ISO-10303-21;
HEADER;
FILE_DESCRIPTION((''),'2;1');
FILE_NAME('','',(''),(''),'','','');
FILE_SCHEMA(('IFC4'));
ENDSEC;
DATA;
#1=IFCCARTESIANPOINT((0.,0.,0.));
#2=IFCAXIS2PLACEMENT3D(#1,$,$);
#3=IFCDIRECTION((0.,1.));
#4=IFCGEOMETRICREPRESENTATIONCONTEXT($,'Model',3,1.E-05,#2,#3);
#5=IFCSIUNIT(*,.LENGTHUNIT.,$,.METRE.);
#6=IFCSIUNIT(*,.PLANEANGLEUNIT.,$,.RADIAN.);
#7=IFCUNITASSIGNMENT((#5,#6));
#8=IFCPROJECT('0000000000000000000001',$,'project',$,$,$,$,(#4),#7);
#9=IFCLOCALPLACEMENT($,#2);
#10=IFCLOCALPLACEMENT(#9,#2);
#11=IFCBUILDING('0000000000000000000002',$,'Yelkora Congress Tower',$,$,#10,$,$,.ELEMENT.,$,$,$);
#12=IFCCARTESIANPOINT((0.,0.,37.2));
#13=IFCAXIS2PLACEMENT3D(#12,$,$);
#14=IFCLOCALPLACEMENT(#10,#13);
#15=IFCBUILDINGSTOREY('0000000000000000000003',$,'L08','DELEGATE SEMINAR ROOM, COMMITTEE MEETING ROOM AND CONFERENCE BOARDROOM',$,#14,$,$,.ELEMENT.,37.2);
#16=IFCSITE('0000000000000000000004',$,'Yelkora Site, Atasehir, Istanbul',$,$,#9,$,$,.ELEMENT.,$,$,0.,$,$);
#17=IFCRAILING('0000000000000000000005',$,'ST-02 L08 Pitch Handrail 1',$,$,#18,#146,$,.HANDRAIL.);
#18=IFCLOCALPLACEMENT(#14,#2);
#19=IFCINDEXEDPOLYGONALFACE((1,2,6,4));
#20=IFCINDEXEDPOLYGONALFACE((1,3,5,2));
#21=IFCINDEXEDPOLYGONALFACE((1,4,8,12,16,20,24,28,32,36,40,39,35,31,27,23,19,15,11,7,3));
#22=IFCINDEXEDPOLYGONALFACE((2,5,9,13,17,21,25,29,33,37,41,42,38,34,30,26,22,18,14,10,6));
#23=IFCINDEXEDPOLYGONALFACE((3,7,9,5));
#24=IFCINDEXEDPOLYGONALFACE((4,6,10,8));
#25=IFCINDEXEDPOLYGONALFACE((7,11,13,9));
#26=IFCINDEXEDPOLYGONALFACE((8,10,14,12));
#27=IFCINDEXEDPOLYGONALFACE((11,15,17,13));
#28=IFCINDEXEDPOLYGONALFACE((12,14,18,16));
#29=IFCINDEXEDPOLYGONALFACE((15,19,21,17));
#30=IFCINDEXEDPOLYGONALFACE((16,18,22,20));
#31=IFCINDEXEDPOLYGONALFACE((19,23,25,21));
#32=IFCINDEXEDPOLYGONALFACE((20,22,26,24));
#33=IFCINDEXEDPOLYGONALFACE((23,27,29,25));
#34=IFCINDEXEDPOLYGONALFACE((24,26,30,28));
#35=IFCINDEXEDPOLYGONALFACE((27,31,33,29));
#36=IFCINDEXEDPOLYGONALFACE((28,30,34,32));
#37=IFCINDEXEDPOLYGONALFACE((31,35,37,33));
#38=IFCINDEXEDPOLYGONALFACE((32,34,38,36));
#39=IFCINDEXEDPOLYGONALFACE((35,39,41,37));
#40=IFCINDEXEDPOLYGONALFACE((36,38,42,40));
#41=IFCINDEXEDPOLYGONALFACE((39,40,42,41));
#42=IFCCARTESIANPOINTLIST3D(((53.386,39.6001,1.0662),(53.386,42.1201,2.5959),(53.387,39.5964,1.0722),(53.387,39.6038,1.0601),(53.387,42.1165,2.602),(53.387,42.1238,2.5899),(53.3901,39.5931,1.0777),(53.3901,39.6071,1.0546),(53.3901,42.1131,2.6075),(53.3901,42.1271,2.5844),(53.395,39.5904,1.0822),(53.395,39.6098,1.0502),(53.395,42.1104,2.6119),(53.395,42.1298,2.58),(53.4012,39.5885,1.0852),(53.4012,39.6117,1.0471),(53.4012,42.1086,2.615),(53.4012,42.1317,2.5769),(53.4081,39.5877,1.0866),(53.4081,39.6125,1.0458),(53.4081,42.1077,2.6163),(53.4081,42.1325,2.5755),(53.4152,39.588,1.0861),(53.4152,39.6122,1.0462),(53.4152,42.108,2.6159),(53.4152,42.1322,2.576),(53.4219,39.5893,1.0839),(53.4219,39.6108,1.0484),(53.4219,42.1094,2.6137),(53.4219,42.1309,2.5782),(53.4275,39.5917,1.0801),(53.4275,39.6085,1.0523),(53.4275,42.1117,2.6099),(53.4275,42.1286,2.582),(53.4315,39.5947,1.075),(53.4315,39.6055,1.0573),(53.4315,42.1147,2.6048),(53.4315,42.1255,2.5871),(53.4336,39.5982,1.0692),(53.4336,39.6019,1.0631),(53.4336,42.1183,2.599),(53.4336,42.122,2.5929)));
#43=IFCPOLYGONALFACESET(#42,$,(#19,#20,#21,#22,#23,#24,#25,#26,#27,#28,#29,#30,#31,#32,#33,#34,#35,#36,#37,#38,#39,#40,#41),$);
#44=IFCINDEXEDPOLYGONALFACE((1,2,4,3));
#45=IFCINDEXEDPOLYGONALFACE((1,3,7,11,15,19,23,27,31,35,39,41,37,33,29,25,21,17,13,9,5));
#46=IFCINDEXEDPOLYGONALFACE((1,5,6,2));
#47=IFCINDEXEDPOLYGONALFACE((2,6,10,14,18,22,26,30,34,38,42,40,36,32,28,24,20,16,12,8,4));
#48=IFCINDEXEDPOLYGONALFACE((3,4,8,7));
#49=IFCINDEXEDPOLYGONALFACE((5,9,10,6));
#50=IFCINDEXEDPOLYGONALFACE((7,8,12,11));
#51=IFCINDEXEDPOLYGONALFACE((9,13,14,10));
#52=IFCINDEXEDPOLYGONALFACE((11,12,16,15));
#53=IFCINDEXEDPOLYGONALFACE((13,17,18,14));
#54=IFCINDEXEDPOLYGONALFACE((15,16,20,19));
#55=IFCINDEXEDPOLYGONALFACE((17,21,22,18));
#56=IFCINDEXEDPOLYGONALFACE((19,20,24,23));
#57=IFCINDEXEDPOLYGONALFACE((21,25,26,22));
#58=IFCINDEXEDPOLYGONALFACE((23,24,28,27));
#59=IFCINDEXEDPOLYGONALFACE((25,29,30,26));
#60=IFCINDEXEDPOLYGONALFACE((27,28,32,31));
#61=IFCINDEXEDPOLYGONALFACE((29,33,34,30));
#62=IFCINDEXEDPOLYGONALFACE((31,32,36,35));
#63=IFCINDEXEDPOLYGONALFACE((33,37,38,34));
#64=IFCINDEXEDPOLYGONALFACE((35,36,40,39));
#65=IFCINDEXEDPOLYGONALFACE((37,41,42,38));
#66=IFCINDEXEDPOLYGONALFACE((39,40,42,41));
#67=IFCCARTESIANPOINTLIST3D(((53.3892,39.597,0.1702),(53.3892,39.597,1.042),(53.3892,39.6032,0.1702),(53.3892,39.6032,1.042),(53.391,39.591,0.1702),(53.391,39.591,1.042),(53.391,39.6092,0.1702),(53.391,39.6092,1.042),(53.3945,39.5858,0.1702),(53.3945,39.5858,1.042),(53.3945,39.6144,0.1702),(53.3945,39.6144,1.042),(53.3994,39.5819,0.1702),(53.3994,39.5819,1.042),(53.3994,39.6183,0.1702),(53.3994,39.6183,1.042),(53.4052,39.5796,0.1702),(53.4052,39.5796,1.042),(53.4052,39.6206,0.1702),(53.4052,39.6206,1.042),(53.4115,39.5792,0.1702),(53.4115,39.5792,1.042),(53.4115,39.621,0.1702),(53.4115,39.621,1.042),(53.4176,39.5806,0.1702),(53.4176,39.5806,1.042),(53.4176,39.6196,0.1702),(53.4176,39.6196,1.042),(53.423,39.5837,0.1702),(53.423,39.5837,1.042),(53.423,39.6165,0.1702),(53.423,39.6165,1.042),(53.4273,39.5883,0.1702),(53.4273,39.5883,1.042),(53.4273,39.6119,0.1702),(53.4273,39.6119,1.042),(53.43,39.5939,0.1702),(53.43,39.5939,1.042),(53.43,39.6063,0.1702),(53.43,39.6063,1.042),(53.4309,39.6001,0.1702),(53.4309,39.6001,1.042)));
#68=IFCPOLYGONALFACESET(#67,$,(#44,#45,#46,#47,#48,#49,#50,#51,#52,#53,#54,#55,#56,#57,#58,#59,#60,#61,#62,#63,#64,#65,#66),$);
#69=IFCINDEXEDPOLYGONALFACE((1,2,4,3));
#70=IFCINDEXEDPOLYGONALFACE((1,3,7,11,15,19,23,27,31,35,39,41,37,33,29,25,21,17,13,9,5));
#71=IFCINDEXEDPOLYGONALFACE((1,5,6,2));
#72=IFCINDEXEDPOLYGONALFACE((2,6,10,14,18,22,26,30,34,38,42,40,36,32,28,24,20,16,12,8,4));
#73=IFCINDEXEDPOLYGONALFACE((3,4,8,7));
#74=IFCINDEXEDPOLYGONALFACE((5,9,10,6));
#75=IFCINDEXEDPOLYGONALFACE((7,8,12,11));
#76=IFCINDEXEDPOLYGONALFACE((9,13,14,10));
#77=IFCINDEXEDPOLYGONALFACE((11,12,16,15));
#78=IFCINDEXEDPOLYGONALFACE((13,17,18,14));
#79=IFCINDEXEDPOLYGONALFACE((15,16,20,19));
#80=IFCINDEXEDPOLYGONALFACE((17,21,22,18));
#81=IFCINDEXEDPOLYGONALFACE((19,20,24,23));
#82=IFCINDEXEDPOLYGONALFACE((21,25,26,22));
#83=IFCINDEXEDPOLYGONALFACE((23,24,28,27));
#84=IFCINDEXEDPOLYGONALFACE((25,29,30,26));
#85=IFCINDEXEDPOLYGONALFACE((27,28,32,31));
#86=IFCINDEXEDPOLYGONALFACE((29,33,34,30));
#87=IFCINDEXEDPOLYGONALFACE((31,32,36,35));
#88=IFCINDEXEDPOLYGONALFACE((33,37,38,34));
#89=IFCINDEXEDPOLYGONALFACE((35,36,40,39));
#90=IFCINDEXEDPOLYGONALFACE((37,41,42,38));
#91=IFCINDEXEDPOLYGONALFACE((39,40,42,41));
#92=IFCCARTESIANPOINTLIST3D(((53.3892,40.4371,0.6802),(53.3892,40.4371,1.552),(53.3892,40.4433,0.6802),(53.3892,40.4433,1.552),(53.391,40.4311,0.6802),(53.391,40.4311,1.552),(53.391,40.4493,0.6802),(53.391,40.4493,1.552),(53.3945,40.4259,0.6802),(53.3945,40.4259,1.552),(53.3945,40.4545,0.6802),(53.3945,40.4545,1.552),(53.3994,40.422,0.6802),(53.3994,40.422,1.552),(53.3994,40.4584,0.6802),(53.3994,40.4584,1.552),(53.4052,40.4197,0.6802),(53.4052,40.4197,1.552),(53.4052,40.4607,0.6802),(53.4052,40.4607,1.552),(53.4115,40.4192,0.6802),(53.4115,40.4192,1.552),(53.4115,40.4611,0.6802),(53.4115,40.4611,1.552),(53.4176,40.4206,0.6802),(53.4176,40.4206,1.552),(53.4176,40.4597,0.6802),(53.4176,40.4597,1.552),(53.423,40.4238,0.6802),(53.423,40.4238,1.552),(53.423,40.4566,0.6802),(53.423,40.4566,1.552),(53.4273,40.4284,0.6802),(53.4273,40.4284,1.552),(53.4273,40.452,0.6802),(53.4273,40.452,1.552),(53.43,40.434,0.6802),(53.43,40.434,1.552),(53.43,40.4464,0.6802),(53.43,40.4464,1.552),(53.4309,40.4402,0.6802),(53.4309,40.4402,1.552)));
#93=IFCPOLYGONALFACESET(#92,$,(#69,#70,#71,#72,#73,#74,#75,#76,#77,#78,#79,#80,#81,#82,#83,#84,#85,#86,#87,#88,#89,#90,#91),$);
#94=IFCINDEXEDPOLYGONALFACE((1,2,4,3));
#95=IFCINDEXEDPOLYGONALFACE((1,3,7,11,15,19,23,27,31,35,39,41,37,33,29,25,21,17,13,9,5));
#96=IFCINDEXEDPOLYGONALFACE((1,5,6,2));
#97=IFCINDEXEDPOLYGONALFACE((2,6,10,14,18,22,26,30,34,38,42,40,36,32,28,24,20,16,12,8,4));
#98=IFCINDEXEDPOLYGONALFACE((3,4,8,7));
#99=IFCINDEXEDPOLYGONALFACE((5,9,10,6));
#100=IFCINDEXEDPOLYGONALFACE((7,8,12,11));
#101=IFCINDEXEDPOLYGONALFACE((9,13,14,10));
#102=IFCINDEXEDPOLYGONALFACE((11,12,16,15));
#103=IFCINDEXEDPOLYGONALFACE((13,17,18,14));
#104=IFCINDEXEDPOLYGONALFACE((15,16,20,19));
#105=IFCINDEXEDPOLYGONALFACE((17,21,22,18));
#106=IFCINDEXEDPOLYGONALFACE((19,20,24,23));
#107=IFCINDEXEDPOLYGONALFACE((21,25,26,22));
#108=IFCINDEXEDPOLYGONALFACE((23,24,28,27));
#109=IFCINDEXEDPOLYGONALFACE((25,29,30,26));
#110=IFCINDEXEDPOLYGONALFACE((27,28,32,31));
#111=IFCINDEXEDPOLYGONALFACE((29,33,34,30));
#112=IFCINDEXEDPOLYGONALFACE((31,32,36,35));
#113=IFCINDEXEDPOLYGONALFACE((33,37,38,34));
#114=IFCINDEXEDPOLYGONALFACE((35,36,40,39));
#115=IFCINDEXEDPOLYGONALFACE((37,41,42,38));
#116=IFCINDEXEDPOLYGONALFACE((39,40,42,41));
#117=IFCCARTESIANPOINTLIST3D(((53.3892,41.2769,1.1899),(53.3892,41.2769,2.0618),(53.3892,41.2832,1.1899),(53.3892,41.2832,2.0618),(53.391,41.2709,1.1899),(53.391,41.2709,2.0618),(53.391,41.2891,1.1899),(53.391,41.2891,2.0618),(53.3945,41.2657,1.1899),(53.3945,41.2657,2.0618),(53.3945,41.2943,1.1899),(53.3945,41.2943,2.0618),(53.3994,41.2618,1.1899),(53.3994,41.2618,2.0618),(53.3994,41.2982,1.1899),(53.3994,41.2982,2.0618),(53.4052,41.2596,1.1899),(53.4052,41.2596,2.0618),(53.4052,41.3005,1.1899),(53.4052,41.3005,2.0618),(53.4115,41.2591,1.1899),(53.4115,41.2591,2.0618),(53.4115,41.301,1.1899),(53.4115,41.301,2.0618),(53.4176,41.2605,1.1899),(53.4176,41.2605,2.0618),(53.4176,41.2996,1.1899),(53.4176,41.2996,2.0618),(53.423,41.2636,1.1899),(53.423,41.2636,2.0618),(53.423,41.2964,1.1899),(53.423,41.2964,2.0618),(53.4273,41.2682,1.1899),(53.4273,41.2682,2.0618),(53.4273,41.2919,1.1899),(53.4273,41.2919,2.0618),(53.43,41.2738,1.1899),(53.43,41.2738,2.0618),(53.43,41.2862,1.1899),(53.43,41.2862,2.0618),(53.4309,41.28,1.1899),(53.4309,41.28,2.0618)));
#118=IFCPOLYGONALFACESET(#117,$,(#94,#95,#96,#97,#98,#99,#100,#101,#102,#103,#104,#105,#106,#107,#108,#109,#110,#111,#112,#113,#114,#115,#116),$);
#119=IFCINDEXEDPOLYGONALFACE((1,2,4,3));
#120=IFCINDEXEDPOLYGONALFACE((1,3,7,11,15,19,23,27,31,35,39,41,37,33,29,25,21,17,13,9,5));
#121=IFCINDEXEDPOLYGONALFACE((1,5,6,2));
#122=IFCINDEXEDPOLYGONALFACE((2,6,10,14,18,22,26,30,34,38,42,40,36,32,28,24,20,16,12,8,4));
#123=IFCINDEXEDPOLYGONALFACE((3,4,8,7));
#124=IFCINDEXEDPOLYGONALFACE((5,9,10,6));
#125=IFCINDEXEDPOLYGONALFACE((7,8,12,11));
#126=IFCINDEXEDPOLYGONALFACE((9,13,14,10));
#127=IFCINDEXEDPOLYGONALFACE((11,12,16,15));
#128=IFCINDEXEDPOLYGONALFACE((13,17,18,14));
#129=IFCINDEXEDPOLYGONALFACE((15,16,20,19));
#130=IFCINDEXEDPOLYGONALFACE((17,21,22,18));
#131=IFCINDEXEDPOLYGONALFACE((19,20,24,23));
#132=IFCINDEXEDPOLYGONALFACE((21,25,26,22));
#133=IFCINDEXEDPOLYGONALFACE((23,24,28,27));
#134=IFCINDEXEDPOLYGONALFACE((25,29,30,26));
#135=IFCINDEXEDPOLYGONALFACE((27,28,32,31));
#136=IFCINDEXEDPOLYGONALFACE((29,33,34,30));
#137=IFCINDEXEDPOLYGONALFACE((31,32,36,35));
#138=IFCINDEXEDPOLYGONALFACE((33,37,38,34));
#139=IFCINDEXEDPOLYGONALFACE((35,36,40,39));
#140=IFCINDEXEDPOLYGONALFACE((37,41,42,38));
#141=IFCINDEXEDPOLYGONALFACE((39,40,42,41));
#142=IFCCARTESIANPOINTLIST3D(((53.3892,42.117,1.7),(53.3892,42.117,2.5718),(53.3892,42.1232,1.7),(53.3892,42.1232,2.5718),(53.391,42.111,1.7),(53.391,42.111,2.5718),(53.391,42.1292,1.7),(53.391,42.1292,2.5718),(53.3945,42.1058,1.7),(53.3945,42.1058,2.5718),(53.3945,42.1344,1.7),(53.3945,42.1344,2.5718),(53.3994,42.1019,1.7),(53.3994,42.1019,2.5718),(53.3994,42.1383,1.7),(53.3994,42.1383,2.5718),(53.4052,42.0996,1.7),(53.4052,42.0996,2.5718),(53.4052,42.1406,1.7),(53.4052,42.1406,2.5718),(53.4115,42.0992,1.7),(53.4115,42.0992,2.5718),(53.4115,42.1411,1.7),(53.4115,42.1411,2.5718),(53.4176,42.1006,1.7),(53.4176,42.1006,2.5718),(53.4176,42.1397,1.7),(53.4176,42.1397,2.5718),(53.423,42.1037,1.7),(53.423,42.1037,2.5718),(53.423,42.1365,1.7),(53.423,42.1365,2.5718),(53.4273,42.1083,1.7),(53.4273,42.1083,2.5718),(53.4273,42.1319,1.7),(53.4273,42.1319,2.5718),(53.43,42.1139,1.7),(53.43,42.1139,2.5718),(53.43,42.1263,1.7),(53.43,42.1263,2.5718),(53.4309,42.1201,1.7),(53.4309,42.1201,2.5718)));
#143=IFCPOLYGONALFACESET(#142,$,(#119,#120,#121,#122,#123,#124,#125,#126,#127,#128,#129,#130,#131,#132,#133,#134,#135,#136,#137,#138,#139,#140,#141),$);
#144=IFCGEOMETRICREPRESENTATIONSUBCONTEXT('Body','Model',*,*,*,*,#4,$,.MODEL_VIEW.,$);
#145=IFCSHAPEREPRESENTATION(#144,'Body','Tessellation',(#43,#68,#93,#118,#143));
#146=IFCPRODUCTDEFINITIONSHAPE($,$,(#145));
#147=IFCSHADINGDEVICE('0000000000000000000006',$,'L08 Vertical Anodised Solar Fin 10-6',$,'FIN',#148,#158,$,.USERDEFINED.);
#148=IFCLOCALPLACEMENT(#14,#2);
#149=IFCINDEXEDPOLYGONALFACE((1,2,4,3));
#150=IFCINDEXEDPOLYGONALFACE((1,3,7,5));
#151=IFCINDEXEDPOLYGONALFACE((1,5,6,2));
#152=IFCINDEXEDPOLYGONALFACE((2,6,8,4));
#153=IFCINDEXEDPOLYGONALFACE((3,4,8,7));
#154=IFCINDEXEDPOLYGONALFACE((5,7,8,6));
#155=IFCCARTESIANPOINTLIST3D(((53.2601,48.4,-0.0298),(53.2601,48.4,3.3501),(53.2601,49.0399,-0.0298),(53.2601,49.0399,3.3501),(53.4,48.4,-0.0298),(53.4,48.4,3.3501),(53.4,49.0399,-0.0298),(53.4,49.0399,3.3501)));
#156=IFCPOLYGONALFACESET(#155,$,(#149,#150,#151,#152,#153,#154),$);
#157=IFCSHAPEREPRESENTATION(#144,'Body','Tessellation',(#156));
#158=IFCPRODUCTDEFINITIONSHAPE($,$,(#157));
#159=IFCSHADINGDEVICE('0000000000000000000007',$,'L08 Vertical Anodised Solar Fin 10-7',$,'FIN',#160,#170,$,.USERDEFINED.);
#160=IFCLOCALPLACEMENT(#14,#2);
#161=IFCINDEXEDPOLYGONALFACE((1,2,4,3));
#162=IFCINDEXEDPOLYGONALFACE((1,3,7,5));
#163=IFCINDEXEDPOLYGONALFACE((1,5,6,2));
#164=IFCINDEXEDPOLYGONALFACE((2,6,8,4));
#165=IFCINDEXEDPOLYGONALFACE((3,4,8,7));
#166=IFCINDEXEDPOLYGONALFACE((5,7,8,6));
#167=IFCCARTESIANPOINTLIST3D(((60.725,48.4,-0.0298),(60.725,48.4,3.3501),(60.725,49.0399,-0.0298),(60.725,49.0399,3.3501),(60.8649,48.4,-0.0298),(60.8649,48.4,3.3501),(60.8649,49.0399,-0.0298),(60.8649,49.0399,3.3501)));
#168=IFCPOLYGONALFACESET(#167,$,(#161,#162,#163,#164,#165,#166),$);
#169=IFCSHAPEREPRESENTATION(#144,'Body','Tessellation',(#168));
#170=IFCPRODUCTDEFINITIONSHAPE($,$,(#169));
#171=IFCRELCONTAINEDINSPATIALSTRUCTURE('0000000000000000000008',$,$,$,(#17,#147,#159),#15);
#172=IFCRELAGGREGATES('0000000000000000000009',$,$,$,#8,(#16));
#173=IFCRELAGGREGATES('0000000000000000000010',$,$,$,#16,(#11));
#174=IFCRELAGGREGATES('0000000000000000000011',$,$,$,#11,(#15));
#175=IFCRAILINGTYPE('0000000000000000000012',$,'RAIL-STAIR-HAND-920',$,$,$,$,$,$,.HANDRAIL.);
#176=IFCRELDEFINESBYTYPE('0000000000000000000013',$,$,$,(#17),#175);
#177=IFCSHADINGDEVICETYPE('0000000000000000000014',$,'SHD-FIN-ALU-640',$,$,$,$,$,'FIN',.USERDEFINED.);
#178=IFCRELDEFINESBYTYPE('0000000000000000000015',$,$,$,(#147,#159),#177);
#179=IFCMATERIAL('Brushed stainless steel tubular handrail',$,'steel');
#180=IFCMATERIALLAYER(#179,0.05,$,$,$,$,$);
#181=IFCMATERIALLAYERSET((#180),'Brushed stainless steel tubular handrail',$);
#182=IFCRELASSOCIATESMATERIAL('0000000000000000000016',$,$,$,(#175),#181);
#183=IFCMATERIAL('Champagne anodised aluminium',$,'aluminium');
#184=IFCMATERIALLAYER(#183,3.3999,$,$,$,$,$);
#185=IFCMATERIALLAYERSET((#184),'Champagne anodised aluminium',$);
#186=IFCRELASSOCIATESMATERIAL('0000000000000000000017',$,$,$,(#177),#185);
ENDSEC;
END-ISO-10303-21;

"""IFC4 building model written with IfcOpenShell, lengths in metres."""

from ifc_helpers import new_model, si_unit, direction, frame, origin, origin_2d, place, context, subcontext, project, spatial, rectangle, circle, extrude, material, layer, layer_set, type_object, element, save


model = new_model("IFC4")

# Units and contexts
model_context = context("Model", 3, precision=1e-05, world=origin(), true_north=direction((0.0, 1.0)))
body_context = subcontext(model_context, "Body", "Model", "MODEL_VIEW")
ifc_project = project(units=[si_unit("LENGTHUNIT", "METRE"), si_unit("PLANEANGLEUNIT", "RADIAN")], contexts=[model_context])

# Site, building, storey
site_placement = place(None, origin())
site = spatial("IfcSite", under=ifc_project, at=site_placement, Name="Yelkora Site, Atasehir, Istanbul", CompositionType="ELEMENT", RefElevation=0.0)
building_placement = place(site_placement, origin())
building = spatial("IfcBuilding", under=site, at=building_placement, Name="Yelkora Congress Tower", CompositionType="ELEMENT")
storey_placement = place(building_placement, frame((0.0, 0.0, 37.2)))
storey = spatial("IfcBuildingStorey", under=building, at=storey_placement, Name="L08", Description="DELEGATE SEMINAR ROOM, COMMITTEE MEETING ROOM AND CONFERENCE BOARDROOM", CompositionType="ELEMENT", Elevation=37.2)

# Railing
ifc_material_1 = material(Name="Brushed stainless steel tubular handrail", Category="steel")
ifc_layer_1 = layer(ifc_material_1, 0.05)
ifc_layer_set_1 = layer_set([ifc_layer_1], Name="Brushed stainless steel tubular handrail")
railing_type_1 = type_object("IfcRailingType", Name="RAIL-STAIR-HAND-920", PredefinedType="HANDRAIL", material=ifc_layer_set_1)
railing_1_placement = place(storey_placement, frame((53.4099, 39.6001, 0.1702)))
element("IfcRailing", 1, at=railing_1_placement, inside=storey, type_object=railing_type_1, Name="ST-02 L08 Pitch Handrail 1", PredefinedType="HANDRAIL", context=body_context, shape_type="SweptSolid", body=[
    extrude(circle(Radius=0.0239, at=origin_2d()), frame((0.0, 0.0, 0.896), z_axis=(0.0, 0.854822, 0.518922), x_axis=(-1.0, 0.0, 0.0)), (0.0, 0.0, 1.0), 2.948),
    extrude(circle(Radius=0.021, at=origin_2d()), origin(), (0.0, 0.0, 1.0), 0.8718),
    extrude(circle(Radius=0.021, at=origin_2d()), frame((0.0, 0.8401, 0.51)), (0.0, 0.0, 1.0), 0.8718),
    extrude(circle(Radius=0.021, at=origin_2d()), frame((0.0, 1.6799, 1.0198)), (0.0, 0.0, 1.0), 0.8718),
    extrude(circle(Radius=0.021, at=origin_2d()), frame((0.0, 2.52, 1.5298)), (0.0, 0.0, 1.0), 0.8718),
])

# Shading devices
ifc_material_2 = material(Name="Champagne anodised aluminium", Category="aluminium")
ifc_layer_2 = layer(ifc_material_2, 3.3999)
ifc_layer_set_2 = layer_set([ifc_layer_2], Name="Champagne anodised aluminium")
shading_device_type = type_object("IfcShadingDeviceType", Name="SHD-FIN-ALU-640", ElementType="FIN", PredefinedType="USERDEFINED", material=ifc_layer_set_2)
for number, where, z_axis, x_axis, name in (
    (2, (53.3301, 48.72, -0.0298), (0.0, 0.0, 1.0), (1.0, 0.0, 0.0), "L08 Vertical Anodised Solar Fin 10-6"),
    (3, (60.7949, 48.72, -0.0298), (0.0, 0.0, 1.0), (1.0, 0.0, 0.0), "L08 Vertical Anodised Solar Fin 10-7"),
):
    element("IfcShadingDevice", number, at=place(storey_placement, frame(where, z_axis=z_axis, x_axis=x_axis)), inside=storey, type_object=shading_device_type, Name=name, ObjectType="FIN", PredefinedType="USERDEFINED", context=body_context, shape_type="SweptSolid", body=[
        extrude(rectangle(XDim=0.1399, YDim=0.6399, at=origin_2d()), origin(), (0.0, 0.0, 1.0), 3.3799),
    ])

save(model, "model.ifc")
